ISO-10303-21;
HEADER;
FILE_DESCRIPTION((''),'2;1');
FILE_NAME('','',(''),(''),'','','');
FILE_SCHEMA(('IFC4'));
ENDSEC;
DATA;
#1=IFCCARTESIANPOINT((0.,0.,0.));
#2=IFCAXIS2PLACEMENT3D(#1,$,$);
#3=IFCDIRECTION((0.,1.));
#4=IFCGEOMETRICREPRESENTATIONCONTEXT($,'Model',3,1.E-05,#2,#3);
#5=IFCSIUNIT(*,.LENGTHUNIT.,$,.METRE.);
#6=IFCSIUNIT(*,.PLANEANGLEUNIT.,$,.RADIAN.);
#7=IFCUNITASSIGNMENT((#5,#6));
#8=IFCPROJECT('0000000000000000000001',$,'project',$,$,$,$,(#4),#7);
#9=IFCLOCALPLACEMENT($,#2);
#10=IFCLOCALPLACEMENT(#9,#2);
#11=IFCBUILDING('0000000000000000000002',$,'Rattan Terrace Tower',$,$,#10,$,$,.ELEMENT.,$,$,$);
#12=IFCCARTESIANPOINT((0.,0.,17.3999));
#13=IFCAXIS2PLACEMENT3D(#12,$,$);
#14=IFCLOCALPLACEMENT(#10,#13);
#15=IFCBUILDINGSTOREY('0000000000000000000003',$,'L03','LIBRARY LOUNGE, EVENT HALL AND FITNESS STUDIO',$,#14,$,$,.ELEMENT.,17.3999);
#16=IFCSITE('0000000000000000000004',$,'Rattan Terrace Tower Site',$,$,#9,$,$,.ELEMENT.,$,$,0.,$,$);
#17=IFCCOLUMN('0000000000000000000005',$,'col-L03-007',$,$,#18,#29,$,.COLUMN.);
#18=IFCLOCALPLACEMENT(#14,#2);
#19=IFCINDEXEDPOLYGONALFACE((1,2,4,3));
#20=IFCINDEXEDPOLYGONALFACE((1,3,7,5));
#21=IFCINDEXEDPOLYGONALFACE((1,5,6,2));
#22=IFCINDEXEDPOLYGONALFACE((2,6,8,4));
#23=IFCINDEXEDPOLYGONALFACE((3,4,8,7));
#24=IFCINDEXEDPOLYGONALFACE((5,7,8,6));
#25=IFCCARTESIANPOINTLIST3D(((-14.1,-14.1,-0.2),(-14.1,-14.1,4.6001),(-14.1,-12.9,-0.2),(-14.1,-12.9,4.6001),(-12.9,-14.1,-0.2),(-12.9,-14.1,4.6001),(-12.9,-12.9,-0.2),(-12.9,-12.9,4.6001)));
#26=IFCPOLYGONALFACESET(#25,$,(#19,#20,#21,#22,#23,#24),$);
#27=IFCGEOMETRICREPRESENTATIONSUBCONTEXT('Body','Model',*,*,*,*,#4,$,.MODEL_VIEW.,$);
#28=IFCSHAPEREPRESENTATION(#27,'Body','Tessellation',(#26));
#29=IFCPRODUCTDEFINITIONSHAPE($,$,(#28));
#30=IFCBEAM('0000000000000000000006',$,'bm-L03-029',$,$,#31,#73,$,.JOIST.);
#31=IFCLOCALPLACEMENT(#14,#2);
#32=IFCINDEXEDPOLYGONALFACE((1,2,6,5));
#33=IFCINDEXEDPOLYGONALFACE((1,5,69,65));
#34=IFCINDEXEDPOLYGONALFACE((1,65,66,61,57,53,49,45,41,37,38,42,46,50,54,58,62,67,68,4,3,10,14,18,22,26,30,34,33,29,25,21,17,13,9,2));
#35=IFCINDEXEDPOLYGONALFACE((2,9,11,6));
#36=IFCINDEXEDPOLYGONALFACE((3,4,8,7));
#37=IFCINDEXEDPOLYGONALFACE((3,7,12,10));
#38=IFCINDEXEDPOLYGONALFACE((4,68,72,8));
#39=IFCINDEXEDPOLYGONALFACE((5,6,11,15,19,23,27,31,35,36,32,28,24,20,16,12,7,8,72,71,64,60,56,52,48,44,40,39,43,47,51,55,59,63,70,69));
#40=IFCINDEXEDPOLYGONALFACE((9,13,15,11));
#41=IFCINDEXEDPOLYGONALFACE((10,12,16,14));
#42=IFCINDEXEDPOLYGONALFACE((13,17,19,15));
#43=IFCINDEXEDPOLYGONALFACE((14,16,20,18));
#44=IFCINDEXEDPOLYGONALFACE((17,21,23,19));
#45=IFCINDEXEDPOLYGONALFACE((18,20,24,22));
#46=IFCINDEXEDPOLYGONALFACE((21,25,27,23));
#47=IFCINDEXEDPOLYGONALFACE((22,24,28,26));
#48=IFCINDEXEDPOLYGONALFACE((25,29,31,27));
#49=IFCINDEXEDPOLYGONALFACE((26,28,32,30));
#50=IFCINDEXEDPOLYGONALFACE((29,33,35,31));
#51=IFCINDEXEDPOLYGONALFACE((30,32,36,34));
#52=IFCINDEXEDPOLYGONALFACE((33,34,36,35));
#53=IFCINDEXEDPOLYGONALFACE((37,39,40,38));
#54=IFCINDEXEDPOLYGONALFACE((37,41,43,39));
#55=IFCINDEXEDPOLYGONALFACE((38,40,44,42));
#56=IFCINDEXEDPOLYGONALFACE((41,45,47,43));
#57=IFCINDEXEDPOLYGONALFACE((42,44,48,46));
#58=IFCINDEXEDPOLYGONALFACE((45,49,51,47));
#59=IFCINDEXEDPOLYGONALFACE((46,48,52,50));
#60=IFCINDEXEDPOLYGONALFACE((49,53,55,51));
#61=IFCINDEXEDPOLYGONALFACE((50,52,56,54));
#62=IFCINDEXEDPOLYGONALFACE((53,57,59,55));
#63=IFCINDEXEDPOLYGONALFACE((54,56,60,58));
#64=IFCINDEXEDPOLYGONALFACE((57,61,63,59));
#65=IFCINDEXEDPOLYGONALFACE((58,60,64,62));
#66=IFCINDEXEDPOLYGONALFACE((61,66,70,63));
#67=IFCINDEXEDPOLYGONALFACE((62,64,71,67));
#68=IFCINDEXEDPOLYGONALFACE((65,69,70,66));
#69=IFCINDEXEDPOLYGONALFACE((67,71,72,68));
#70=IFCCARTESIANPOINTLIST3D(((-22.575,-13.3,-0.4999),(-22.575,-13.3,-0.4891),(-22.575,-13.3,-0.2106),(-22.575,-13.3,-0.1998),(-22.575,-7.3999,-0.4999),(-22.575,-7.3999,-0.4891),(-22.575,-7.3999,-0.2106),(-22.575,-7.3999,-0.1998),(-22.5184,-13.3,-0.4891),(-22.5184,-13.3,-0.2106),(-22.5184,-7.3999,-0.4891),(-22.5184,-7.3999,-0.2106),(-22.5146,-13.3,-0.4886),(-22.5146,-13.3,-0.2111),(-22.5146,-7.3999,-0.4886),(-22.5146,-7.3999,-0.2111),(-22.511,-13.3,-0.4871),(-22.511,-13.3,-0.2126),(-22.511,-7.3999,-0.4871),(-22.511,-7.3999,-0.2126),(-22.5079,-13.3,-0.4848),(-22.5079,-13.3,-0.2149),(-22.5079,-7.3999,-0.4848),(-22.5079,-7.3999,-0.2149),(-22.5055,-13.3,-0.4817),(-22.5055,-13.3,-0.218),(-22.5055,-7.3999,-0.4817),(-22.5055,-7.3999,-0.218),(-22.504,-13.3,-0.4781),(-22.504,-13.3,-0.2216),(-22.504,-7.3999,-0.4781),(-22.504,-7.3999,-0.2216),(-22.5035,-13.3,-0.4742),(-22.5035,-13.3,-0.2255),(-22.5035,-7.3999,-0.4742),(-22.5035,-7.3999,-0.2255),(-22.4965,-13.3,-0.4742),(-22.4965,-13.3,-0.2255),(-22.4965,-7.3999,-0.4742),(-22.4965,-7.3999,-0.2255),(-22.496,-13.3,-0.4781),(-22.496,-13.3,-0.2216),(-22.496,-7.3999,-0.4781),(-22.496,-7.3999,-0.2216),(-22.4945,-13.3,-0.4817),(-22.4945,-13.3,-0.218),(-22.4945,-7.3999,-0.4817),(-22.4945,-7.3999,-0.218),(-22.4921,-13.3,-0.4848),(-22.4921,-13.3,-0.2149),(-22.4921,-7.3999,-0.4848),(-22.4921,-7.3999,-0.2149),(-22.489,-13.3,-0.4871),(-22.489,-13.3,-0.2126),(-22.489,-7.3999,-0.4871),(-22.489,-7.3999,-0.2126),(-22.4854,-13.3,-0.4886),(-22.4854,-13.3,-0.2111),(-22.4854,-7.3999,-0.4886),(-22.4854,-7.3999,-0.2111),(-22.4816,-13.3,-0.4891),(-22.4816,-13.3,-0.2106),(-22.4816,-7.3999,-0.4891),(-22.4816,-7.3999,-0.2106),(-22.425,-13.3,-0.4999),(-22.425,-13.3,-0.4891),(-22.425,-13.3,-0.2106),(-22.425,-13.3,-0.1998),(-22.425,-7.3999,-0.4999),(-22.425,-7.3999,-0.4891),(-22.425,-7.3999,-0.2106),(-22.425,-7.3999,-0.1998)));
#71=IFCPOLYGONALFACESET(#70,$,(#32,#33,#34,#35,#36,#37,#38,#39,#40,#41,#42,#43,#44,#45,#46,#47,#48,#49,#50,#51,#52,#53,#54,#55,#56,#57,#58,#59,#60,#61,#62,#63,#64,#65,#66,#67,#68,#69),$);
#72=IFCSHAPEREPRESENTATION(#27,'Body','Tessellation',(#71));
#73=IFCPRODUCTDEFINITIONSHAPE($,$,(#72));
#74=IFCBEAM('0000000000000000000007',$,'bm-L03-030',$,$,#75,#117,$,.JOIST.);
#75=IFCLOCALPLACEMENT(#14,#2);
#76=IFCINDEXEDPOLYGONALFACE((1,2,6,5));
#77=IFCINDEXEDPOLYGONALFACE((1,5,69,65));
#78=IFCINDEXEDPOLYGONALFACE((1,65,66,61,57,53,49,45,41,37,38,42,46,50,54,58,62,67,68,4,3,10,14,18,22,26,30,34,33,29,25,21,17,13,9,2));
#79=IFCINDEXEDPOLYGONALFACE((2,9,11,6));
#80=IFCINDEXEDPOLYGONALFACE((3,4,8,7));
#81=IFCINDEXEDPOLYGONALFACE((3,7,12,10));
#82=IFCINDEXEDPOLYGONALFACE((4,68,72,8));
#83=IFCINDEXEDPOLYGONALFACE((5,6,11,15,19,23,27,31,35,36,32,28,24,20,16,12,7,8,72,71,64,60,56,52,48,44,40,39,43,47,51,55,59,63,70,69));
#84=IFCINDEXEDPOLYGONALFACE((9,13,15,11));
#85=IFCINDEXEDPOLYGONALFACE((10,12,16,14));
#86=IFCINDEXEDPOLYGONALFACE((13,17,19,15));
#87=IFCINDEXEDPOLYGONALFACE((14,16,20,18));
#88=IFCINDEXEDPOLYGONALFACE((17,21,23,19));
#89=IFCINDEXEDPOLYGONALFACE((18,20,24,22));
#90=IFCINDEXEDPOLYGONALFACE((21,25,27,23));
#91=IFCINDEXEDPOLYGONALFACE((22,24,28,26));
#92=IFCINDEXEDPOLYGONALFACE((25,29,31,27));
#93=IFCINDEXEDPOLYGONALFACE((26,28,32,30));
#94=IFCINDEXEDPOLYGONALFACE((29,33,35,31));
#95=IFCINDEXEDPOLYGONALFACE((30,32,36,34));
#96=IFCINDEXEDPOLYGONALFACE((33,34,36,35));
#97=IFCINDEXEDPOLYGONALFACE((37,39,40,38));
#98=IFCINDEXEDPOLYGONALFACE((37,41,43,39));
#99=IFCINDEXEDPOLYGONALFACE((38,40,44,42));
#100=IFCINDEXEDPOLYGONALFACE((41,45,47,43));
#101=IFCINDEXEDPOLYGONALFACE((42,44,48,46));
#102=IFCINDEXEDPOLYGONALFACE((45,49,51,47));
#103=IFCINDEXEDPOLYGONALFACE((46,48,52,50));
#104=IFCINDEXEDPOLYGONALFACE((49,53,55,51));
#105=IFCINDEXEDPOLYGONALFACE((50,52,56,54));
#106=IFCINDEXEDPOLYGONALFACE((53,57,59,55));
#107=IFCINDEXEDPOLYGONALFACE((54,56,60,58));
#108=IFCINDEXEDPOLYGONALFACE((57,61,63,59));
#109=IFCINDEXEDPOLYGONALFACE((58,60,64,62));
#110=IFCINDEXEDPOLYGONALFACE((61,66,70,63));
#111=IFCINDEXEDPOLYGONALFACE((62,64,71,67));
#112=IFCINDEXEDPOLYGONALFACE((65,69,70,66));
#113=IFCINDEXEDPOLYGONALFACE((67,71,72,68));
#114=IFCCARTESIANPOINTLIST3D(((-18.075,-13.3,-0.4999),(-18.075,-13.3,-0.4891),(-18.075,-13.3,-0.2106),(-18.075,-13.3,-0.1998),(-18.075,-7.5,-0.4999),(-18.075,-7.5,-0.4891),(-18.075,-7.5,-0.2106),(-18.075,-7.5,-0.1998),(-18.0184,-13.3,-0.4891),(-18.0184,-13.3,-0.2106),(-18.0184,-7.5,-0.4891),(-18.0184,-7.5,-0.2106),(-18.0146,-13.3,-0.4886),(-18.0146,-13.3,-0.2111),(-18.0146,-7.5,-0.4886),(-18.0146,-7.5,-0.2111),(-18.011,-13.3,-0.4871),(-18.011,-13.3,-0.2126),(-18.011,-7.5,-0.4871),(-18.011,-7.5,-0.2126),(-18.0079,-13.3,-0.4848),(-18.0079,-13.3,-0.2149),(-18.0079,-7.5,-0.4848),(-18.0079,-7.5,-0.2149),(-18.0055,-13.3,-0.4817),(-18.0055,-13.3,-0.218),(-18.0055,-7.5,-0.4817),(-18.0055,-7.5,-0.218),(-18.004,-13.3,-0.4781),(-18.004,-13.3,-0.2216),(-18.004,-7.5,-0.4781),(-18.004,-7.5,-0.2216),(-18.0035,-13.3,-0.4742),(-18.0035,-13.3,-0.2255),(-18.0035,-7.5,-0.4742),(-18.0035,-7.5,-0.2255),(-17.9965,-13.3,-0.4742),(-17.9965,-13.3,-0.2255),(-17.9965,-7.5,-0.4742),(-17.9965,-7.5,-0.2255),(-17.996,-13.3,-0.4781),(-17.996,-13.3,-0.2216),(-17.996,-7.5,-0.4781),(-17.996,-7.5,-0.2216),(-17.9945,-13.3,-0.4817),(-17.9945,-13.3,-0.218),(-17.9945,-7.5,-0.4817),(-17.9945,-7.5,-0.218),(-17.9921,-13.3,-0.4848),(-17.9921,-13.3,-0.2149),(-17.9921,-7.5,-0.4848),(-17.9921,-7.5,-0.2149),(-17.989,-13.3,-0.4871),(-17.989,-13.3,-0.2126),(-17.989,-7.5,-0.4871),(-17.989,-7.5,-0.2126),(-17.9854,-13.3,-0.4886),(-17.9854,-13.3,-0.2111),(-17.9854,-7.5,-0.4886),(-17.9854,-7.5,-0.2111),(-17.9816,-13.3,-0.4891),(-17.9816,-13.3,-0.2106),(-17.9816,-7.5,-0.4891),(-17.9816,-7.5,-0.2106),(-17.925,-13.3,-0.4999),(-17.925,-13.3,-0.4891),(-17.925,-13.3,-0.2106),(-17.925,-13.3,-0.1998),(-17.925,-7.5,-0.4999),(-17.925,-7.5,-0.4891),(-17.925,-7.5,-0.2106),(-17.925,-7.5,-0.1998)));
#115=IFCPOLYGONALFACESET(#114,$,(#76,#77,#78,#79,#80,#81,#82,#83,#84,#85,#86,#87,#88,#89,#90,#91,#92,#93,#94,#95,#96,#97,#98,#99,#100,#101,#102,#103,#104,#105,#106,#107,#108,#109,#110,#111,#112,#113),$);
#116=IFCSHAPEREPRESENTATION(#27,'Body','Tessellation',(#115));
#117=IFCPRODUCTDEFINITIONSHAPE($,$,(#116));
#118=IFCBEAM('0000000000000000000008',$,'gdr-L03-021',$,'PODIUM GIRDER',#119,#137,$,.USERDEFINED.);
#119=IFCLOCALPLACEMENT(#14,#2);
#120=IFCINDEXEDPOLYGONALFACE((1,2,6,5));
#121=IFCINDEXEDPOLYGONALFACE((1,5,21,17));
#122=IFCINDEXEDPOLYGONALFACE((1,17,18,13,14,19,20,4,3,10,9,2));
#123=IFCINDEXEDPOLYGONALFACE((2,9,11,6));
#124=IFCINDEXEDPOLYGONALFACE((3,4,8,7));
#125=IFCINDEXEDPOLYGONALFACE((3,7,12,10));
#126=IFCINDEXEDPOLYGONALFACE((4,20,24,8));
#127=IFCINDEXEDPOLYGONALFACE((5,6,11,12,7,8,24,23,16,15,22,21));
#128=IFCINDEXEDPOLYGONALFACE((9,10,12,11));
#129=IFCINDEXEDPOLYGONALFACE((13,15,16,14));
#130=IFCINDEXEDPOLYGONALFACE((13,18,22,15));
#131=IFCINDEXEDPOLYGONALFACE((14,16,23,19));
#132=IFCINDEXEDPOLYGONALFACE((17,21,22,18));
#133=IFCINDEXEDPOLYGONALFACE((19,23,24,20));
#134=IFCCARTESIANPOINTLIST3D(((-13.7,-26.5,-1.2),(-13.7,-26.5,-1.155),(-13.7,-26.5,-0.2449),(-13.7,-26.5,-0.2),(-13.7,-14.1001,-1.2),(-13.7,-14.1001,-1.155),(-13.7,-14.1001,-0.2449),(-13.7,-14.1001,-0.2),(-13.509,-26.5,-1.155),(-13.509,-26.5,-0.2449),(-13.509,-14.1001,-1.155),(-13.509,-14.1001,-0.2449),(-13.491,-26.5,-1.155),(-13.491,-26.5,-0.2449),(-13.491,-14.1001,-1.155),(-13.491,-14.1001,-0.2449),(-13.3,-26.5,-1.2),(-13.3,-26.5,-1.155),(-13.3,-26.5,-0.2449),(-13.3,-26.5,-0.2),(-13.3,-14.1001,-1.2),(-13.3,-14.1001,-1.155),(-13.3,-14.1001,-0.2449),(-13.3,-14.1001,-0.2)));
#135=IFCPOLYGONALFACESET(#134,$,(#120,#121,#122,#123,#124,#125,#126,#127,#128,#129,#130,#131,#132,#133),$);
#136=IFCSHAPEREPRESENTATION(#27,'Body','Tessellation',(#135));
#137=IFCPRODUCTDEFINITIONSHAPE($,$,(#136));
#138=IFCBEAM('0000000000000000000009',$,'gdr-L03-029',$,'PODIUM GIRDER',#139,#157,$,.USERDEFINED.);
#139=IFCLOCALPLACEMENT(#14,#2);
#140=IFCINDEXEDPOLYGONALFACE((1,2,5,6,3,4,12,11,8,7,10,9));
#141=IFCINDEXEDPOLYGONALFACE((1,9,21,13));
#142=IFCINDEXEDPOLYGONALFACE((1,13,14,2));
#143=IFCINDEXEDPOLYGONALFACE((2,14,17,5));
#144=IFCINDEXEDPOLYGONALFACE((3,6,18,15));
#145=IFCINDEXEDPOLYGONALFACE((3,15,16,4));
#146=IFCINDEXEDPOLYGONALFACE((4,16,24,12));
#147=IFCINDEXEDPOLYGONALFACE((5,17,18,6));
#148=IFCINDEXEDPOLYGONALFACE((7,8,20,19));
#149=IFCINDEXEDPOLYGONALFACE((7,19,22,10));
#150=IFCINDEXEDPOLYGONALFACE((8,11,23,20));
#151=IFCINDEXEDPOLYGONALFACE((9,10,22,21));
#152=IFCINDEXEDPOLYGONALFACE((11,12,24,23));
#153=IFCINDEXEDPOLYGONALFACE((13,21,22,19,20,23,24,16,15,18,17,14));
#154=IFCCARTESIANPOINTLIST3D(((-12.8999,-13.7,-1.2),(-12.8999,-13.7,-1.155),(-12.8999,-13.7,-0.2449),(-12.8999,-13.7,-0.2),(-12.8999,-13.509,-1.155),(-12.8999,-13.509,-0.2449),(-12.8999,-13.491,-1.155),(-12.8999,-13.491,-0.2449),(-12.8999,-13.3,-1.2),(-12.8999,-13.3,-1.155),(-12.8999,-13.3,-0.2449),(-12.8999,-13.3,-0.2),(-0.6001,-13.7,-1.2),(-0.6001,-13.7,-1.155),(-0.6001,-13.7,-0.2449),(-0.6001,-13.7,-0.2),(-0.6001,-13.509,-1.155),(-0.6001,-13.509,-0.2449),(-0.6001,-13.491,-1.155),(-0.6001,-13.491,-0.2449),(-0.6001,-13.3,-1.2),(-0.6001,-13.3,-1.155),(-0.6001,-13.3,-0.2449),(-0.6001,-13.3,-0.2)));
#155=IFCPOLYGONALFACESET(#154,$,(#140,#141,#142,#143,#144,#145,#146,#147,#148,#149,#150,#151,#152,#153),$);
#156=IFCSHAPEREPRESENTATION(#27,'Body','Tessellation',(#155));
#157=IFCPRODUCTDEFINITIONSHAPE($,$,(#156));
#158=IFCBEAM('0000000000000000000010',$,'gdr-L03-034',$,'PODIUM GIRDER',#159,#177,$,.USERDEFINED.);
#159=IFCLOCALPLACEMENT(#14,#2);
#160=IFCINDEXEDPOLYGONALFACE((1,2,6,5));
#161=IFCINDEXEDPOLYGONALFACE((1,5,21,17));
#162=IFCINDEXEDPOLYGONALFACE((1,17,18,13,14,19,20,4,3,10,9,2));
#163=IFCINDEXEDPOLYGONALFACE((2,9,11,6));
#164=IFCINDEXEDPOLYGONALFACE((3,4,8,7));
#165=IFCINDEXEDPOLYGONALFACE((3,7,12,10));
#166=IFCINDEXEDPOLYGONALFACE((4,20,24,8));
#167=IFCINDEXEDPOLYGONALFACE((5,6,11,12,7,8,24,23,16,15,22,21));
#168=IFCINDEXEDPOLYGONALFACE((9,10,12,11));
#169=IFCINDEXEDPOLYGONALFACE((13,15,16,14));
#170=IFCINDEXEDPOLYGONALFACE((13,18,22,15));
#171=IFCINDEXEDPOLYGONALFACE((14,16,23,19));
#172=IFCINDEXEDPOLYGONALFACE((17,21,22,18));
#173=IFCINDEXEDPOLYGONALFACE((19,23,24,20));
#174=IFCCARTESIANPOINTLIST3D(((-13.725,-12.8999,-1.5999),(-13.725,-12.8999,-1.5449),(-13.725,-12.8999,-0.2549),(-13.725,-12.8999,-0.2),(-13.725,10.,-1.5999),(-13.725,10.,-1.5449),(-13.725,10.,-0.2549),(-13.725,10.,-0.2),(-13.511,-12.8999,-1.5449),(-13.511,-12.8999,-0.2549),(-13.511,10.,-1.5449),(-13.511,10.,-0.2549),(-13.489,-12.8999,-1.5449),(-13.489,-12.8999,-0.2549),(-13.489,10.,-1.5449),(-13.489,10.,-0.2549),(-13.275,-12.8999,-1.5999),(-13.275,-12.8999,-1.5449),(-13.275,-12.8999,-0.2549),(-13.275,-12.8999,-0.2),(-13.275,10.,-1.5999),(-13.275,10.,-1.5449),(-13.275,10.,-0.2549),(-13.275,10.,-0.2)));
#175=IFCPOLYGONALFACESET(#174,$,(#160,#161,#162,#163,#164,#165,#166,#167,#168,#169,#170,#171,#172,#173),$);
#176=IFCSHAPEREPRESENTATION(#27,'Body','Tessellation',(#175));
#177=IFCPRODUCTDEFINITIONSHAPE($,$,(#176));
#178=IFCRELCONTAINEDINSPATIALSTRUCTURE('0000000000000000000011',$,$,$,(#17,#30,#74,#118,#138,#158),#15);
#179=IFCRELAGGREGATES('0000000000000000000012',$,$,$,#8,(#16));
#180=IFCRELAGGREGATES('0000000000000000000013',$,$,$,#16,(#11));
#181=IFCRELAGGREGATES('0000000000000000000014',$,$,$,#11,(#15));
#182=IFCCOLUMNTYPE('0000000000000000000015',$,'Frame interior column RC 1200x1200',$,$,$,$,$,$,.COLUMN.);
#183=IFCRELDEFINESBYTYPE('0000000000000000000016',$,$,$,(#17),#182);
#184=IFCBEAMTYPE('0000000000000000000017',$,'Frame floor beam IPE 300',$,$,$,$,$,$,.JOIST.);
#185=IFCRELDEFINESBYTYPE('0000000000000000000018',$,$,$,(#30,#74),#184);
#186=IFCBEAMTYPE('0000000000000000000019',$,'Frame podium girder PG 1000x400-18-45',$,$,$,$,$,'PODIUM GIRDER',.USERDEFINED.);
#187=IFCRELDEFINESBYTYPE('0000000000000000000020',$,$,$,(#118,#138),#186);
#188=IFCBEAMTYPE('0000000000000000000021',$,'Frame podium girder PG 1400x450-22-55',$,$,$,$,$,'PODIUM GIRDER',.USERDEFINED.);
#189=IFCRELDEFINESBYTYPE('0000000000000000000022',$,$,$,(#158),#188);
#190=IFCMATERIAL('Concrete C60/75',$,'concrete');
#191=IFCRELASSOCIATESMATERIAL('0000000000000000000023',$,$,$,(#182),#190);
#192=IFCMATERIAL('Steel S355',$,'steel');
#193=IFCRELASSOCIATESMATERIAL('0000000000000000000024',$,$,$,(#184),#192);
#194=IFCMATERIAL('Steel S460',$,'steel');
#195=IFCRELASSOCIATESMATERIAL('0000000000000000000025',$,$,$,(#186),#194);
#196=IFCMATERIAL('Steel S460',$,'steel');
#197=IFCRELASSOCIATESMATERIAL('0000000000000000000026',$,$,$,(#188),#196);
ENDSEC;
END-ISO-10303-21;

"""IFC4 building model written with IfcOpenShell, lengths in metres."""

from ifc_helpers import new_model, si_unit, direction, frame, origin, origin_2d, place, context, subcontext, project, spatial, rectangle, i_section, extrude, material, material_profile, profile_set, type_object, element, save


model = new_model("IFC4")

# Units and contexts
model_context = context("Model", 3, precision=1e-05, world=origin(), true_north=direction((0.0, 1.0)))
body_context = subcontext(model_context, "Body", "Model", "MODEL_VIEW")
ifc_project = project(units=[si_unit("LENGTHUNIT", "METRE"), si_unit("PLANEANGLEUNIT", "RADIAN")], contexts=[model_context])

# Site, building, storey
site_placement = place(None, origin())
site = spatial("IfcSite", under=ifc_project, at=site_placement, Name="Rattan Terrace Tower Site", CompositionType="ELEMENT", RefElevation=0.0)
building_placement = place(site_placement, origin())
building = spatial("IfcBuilding", under=site, at=building_placement, Name="Rattan Terrace Tower", CompositionType="ELEMENT")
storey_placement = place(building_placement, frame((0.0, 0.0, 17.3999)))
storey = spatial("IfcBuildingStorey", under=building, at=storey_placement, Name="L03", Description="LIBRARY LOUNGE, EVENT HALL AND FITNESS STUDIO", CompositionType="ELEMENT", Elevation=17.3999)

# Column
ifc_material_1 = material(Name="Concrete C60/75", Category="concrete")
ifc_material_profile_1 = material_profile(ifc_material_1, rectangle(XDim=1.2, YDim=1.2, at=origin_2d()), Name="RC 1200x1200")
ifc_profile_set_1 = profile_set([ifc_material_profile_1], Name="Concrete C60/75")
column_type = type_object("IfcColumnType", Name="Frame interior column RC 1200x1200", PredefinedType="COLUMN", material=ifc_profile_set_1)
column_placement = place(storey_placement, frame((-13.5, -13.5, -0.2), z_axis=(0.0, 0.0, 1.0), x_axis=(1.0, 0.0, 0.0)))
element("IfcColumn", 1, at=column_placement, inside=storey, type_object=column_type, Name="col-L03-007", PredefinedType="COLUMN", context=body_context, shape_type="SweptSolid", body=[
    extrude(rectangle(XDim=1.2, YDim=1.2, at=origin_2d()), origin(), (0.0, 0.0, 1.0), 4.8),
])

# Beams
ifc_material_2 = material(Name="Steel S355", Category="steel")
ifc_material_profile_2 = material_profile(ifc_material_2, i_section(OverallWidth=0.1499, OverallDepth=0.3, WebThickness=0.0071, FlangeThickness=0.0107, FilletRadius=0.0149, at=origin_2d()), Name="IPE 300")
ifc_profile_set_2 = profile_set([ifc_material_profile_2], Name="Steel S355")
beam_type_1 = type_object("IfcBeamType", Name="Frame floor beam IPE 300", PredefinedType="JOIST", material=ifc_profile_set_2)
beam_1_placement = place(storey_placement, frame((-22.5, -13.3, -0.3499), z_axis=(0.0, 1.0, 0.0), x_axis=(-1.0, 0.0, 0.0)))
element("IfcBeam", 2, at=beam_1_placement, inside=storey, type_object=beam_type_1, Name="bm-L03-029", PredefinedType="JOIST", context=body_context, shape_type="SweptSolid", body=[
    extrude(i_section(OverallWidth=0.1499, OverallDepth=0.3, WebThickness=0.0071, FlangeThickness=0.0107, FilletRadius=0.0149, at=origin_2d()), origin(), (0.0, 0.0, 1.0), 5.9001),
])
beam_2_placement = place(storey_placement, frame((-18.0, -13.3, -0.3499), z_axis=(0.0, 1.0, 0.0), x_axis=(-1.0, 0.0, 0.0)))
element("IfcBeam", 3, at=beam_2_placement, inside=storey, type_object=beam_type_1, Name="bm-L03-030", PredefinedType="JOIST", context=body_context, shape_type="SweptSolid", body=[
    extrude(i_section(OverallWidth=0.1499, OverallDepth=0.3, WebThickness=0.0071, FlangeThickness=0.0107, FilletRadius=0.0149, at=origin_2d()), origin(), (0.0, 0.0, 1.0), 5.8),
])
ifc_material_3 = material(Name="Steel S460", Category="steel")
ifc_material_profile_3 = material_profile(ifc_material_3, i_section(OverallWidth=0.3999, OverallDepth=1.0, WebThickness=0.0181, FlangeThickness=0.0449, at=origin_2d()), Name="PG 1000x400-18-45")
ifc_profile_set_3 = profile_set([ifc_material_profile_3], Name="Steel S460")
beam_type_2 = type_object("IfcBeamType", Name="Frame podium girder PG 1000x400-18-45", ElementType="PODIUM GIRDER", PredefinedType="USERDEFINED", material=ifc_profile_set_3)
beam_3_placement = place(storey_placement, frame((-13.5, -26.5, -0.7), z_axis=(0.0, 1.0, 0.0), x_axis=(-1.0, 0.0, 0.0)))
element("IfcBeam", 4, at=beam_3_placement, inside=storey, type_object=beam_type_2, Name="gdr-L03-021", ObjectType="PODIUM GIRDER", PredefinedType="USERDEFINED", context=body_context, shape_type="SweptSolid", body=[
    extrude(i_section(OverallWidth=0.3999, OverallDepth=1.0, WebThickness=0.0181, FlangeThickness=0.0449, at=origin_2d()), origin(), (0.0, 0.0, 1.0), 12.3999),
])
beam_4_placement = place(storey_placement, frame((-12.8999, -13.5, -0.7), z_axis=(1.0, 0.0, 0.0), x_axis=(0.0, 1.0, 0.0)))
element("IfcBeam", 5, at=beam_4_placement, inside=storey, type_object=beam_type_2, Name="gdr-L03-029", ObjectType="PODIUM GIRDER", PredefinedType="USERDEFINED", context=body_context, shape_type="SweptSolid", body=[
    extrude(i_section(OverallWidth=0.3999, OverallDepth=1.0, WebThickness=0.0181, FlangeThickness=0.0449, at=origin_2d()), origin(), (0.0, 0.0, 1.0), 12.2998),
])
ifc_material_4 = material(Name="Steel S460", Category="steel")
ifc_material_profile_4 = material_profile(ifc_material_4, i_section(OverallWidth=0.45, OverallDepth=1.3999, WebThickness=0.022, FlangeThickness=0.0549, at=origin_2d()), Name="PG 1400x450-22-55")
ifc_profile_set_4 = profile_set([ifc_material_profile_4], Name="Steel S460")
beam_type_3 = type_object("IfcBeamType", Name="Frame podium girder PG 1400x450-22-55", ElementType="PODIUM GIRDER", PredefinedType="USERDEFINED", material=ifc_profile_set_4)
beam_5_placement = place(storey_placement, frame((-13.5, -12.8999, -0.8999), z_axis=(0.0, 1.0, 0.0), x_axis=(-1.0, 0.0, 0.0)))
element("IfcBeam", 6, at=beam_5_placement, inside=storey, type_object=beam_type_3, Name="gdr-L03-034", ObjectType="PODIUM GIRDER", PredefinedType="USERDEFINED", context=body_context, shape_type="SweptSolid", body=[
    extrude(i_section(OverallWidth=0.45, OverallDepth=1.3999, WebThickness=0.022, FlangeThickness=0.0549, at=origin_2d()), origin(), (0.0, 0.0, 1.0), 22.8999),
])

save(model, "model.ifc")
